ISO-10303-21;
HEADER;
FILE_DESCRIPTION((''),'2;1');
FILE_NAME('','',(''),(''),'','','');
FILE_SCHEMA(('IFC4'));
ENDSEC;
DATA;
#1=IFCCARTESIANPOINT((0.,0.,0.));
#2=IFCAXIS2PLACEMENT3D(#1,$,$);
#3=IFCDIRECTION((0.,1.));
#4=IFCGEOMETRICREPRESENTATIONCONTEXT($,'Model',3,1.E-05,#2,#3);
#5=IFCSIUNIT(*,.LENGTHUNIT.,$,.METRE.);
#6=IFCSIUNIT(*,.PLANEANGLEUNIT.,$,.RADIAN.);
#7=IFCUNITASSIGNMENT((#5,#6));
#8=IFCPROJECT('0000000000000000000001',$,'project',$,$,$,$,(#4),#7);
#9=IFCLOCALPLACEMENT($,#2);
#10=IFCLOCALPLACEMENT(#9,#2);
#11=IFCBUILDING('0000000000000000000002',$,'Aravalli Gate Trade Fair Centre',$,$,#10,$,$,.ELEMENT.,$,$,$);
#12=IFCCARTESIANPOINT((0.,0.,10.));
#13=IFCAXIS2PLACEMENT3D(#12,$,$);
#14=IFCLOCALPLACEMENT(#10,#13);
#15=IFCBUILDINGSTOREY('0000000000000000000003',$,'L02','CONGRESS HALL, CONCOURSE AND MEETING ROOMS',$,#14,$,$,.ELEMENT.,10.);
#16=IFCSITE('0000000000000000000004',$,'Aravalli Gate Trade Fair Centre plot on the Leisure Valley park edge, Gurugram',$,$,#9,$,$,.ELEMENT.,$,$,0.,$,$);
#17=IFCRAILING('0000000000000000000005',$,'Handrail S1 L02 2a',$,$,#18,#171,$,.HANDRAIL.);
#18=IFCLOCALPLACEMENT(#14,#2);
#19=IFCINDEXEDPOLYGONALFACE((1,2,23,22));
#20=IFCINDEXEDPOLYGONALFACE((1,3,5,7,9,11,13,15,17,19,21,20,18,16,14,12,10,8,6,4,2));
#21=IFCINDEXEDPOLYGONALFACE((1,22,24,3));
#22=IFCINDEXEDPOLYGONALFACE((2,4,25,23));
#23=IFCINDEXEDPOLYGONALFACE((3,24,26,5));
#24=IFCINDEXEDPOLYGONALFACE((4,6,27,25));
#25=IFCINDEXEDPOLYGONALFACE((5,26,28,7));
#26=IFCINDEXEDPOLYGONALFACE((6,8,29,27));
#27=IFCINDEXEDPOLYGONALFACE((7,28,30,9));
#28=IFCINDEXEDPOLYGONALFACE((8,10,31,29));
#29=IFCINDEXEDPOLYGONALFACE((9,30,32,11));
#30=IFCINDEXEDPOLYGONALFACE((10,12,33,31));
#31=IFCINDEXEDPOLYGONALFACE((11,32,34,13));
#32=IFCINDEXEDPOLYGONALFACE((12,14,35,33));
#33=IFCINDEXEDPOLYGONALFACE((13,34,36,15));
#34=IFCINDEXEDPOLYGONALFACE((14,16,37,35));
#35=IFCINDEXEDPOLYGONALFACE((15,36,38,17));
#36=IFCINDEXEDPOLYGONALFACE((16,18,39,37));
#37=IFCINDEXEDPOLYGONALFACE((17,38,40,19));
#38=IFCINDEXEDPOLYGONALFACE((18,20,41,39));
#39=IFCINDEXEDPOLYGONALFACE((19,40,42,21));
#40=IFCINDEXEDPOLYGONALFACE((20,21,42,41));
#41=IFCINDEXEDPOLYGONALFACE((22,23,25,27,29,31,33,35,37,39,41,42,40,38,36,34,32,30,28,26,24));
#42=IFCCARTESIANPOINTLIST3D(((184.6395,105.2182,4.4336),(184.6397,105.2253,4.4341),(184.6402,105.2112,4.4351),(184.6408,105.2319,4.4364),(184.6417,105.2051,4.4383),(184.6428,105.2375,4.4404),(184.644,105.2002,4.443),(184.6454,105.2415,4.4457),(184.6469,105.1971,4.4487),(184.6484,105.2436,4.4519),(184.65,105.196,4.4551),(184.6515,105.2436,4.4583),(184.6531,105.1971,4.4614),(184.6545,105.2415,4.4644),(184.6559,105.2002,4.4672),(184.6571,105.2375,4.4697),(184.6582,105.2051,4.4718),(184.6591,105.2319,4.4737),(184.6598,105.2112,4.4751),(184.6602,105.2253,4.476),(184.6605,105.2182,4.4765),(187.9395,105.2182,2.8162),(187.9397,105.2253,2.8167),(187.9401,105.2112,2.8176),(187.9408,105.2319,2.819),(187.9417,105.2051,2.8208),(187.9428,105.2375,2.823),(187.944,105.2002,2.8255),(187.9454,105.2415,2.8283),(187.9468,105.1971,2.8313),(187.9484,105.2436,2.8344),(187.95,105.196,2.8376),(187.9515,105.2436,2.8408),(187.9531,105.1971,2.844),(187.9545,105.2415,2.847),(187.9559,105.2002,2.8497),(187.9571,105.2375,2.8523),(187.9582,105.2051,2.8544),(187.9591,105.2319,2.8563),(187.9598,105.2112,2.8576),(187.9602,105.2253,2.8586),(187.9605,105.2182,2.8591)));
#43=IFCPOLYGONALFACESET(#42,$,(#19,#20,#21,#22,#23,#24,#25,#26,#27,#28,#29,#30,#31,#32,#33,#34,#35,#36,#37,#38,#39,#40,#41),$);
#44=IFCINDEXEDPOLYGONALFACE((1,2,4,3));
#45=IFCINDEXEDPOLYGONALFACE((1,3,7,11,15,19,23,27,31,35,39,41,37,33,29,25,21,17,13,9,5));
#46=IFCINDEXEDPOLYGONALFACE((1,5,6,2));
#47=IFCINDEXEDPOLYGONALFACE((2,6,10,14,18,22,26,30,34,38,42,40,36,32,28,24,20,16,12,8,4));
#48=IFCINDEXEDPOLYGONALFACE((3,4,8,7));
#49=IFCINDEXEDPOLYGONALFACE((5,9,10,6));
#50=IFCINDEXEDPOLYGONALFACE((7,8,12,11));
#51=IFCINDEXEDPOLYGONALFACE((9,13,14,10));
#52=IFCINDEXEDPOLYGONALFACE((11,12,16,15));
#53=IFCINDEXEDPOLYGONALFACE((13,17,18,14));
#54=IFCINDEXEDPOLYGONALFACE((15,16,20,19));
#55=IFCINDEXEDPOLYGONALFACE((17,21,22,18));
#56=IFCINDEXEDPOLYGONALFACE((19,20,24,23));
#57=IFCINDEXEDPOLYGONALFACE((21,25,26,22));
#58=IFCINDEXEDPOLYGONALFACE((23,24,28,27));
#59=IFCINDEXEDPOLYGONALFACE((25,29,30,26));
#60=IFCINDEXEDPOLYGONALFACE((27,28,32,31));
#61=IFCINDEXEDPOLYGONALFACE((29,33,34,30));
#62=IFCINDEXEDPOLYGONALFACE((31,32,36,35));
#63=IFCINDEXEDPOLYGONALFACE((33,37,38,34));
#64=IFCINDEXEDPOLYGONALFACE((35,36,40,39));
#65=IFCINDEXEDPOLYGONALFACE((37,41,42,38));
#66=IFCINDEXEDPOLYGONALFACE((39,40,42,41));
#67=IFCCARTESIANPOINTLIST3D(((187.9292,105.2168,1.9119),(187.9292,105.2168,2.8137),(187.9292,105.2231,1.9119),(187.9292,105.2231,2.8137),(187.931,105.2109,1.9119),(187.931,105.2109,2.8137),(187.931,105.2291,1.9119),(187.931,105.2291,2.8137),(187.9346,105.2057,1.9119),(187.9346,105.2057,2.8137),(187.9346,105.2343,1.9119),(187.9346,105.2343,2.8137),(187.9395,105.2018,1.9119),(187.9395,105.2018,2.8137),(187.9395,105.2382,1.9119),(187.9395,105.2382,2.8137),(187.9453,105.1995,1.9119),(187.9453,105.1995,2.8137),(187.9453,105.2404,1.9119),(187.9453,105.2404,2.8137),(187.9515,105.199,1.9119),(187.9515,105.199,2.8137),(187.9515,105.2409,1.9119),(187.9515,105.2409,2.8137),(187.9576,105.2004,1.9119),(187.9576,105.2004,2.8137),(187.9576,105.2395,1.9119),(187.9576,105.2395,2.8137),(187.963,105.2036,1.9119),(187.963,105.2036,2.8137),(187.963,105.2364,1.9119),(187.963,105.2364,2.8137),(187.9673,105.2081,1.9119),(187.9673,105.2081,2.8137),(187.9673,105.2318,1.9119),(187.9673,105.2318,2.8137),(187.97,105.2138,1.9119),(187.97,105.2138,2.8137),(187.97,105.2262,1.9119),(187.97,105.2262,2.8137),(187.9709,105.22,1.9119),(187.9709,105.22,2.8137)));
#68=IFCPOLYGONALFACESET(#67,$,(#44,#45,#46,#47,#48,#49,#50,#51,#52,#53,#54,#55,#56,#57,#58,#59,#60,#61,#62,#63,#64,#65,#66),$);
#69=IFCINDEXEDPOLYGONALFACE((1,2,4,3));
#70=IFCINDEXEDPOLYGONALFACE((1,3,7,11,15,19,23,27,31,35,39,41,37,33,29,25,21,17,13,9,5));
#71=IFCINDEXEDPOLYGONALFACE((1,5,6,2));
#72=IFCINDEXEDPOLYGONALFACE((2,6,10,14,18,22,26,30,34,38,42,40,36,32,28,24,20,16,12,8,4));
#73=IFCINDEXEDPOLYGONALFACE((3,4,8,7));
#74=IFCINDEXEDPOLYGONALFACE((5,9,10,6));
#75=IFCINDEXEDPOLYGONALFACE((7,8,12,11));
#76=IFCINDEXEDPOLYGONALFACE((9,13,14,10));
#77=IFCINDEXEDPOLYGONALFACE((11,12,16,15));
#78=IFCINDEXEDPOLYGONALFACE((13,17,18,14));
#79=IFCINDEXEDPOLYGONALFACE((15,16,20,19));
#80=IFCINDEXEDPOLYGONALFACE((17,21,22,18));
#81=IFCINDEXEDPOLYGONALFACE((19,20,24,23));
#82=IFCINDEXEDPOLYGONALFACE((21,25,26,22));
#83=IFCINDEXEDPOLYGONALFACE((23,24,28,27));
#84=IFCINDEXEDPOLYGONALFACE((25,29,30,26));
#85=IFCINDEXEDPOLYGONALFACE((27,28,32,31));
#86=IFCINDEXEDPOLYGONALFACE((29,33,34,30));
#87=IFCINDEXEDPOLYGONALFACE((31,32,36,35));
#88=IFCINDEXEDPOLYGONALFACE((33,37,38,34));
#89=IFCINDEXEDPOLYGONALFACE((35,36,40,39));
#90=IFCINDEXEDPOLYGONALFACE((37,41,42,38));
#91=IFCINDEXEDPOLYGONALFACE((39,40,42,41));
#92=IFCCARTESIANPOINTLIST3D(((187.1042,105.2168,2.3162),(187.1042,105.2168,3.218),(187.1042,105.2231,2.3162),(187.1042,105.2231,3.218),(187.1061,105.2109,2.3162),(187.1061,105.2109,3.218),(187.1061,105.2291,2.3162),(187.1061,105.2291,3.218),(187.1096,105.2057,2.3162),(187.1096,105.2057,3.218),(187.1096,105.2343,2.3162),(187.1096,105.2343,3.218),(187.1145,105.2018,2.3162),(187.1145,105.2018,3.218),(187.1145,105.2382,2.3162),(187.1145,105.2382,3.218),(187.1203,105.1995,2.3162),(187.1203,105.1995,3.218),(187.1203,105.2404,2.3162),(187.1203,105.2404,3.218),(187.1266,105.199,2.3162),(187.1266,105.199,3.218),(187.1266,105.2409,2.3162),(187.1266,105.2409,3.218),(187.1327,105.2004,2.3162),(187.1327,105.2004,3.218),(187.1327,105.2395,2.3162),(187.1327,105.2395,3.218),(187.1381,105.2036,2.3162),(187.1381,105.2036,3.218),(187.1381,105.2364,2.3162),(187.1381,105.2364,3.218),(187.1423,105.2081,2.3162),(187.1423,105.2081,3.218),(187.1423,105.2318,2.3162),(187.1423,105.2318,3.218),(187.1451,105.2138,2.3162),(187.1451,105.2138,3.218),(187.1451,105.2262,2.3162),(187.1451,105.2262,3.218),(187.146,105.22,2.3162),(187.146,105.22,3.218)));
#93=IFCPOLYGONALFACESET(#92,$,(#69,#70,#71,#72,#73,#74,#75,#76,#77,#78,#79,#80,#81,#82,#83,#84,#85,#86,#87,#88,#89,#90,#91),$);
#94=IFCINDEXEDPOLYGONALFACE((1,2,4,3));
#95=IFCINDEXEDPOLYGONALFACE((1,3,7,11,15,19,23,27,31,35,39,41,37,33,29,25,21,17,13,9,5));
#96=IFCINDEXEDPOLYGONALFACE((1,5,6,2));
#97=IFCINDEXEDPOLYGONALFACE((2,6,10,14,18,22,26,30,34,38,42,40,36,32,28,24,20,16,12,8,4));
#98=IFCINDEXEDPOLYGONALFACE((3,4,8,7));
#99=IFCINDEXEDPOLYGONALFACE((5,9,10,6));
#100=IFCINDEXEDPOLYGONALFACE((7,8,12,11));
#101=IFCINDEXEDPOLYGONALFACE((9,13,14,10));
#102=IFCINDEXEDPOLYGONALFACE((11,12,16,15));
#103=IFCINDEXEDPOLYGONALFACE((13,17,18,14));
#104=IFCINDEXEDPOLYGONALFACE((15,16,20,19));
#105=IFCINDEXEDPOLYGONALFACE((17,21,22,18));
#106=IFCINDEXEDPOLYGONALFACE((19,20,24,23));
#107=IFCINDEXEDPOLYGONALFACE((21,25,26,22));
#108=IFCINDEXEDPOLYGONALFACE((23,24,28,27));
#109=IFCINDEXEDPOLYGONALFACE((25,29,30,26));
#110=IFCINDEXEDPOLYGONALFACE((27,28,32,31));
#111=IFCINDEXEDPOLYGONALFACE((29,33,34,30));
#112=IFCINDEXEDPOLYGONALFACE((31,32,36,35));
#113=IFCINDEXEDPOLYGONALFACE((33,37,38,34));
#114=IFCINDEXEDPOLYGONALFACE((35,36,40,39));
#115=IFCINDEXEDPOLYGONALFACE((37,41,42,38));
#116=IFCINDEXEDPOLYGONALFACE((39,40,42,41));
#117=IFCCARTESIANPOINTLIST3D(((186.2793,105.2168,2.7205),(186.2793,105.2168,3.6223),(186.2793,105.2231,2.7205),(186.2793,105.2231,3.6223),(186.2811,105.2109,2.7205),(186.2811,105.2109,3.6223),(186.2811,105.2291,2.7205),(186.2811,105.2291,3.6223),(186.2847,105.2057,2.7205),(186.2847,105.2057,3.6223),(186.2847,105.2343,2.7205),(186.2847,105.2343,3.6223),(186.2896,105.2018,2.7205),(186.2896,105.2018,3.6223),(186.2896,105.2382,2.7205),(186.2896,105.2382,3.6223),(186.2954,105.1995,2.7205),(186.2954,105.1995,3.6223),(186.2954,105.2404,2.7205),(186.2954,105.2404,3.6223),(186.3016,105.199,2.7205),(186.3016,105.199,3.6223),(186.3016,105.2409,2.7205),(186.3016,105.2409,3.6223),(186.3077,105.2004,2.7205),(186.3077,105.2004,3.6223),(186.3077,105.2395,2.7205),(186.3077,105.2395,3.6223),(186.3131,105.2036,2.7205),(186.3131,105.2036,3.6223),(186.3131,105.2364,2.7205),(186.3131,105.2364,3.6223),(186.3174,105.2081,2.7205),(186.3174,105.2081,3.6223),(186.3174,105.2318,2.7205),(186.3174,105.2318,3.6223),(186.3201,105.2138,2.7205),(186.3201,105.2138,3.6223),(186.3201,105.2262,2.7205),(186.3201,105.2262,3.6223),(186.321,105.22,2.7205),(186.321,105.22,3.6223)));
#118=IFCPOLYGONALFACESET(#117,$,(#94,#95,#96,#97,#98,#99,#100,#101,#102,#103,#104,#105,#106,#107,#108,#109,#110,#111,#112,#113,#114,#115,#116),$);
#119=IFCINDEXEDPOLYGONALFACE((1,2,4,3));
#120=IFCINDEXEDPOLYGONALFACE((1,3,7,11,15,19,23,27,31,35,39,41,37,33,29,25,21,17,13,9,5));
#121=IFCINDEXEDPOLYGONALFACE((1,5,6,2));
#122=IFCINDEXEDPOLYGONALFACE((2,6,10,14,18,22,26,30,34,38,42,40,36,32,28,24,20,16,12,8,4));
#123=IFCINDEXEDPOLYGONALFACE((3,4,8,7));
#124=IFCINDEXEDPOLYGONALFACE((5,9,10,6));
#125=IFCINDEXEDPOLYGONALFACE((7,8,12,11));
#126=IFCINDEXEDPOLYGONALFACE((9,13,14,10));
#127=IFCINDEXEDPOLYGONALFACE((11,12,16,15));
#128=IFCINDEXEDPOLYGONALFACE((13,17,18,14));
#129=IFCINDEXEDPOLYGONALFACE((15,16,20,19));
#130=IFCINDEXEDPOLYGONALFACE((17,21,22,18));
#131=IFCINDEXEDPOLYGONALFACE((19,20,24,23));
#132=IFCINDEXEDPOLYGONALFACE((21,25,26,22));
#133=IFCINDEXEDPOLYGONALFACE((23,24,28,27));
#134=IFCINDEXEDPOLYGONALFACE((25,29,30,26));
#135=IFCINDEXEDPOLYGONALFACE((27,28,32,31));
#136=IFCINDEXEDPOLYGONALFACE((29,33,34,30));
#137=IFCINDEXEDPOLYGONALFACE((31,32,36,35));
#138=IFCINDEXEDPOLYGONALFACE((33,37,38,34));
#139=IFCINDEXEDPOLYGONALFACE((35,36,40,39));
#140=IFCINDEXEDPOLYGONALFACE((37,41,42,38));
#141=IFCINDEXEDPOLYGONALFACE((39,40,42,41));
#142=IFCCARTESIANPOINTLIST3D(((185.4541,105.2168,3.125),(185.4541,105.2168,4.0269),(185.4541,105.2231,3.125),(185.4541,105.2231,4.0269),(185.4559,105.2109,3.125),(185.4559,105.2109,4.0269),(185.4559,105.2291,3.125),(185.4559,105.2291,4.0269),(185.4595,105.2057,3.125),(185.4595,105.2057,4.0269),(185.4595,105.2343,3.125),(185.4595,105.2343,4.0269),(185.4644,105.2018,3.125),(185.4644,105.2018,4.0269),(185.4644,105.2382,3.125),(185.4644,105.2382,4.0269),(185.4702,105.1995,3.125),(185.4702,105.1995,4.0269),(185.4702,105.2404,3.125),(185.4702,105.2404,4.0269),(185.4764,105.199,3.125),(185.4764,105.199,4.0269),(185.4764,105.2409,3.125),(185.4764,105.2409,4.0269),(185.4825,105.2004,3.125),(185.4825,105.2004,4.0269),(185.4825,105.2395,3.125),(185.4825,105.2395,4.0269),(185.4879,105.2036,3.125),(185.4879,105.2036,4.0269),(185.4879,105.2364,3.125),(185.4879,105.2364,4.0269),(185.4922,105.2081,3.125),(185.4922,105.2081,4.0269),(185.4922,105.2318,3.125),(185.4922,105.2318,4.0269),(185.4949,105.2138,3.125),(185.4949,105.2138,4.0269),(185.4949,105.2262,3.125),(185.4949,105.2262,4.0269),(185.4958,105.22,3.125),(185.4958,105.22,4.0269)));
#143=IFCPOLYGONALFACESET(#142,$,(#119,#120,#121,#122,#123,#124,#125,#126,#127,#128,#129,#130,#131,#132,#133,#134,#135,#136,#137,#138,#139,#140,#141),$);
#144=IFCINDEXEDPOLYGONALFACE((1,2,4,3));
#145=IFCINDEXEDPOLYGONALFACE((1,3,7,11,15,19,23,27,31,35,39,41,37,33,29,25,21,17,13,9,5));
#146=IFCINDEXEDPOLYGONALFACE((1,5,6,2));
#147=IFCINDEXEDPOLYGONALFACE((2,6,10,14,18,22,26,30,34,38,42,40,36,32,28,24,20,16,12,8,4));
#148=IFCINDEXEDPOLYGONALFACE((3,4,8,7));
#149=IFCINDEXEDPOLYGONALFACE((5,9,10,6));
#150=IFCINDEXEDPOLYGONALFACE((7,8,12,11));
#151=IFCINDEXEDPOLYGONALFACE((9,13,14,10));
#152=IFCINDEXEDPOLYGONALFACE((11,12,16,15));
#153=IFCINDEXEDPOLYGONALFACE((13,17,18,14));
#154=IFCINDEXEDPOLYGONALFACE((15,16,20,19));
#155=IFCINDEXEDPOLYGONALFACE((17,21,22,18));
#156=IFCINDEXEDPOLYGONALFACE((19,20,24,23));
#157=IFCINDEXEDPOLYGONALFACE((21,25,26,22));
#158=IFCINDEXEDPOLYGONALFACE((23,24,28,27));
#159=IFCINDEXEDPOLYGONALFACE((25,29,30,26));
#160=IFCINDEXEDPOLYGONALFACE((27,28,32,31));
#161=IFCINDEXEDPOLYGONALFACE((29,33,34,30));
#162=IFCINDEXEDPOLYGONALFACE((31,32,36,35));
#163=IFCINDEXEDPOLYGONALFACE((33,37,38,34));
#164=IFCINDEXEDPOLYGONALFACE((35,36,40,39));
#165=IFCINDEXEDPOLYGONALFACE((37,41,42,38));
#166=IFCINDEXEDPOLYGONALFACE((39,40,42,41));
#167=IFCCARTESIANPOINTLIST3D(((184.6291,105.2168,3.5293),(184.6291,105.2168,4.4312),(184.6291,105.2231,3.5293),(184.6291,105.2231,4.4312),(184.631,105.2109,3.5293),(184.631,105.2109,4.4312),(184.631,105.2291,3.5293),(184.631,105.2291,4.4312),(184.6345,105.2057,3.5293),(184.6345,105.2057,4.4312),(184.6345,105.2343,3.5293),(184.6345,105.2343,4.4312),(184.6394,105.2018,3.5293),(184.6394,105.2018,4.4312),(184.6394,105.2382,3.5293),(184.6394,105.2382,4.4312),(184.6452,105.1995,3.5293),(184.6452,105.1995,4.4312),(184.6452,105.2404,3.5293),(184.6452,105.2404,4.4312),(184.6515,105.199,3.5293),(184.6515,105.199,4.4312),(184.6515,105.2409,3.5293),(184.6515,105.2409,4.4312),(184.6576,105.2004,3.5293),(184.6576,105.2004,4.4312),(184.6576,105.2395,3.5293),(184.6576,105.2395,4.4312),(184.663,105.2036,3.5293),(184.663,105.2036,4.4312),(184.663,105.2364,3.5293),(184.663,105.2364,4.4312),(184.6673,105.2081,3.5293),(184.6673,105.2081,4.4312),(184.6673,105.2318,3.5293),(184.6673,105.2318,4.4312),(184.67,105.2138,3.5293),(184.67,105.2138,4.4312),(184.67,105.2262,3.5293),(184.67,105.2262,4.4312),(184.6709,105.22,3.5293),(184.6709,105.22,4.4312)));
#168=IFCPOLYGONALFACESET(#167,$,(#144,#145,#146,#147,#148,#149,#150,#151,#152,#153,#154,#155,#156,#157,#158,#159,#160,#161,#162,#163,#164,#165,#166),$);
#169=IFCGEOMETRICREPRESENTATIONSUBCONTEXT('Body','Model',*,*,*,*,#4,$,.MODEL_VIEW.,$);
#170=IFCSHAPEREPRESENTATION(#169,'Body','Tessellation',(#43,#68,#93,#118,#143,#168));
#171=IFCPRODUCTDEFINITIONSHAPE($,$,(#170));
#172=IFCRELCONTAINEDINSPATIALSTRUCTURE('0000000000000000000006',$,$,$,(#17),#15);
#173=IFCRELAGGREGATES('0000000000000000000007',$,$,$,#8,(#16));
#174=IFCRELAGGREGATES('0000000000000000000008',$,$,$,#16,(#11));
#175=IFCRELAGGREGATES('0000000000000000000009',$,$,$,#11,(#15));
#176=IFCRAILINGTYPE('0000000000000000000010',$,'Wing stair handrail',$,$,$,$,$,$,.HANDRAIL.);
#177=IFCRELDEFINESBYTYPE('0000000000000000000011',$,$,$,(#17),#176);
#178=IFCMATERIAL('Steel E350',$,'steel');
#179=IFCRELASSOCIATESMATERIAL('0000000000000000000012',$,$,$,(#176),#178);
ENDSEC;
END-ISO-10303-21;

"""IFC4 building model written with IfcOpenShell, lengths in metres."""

from ifc_helpers import new_model, si_unit, direction, frame, origin, origin_2d, place, context, subcontext, project, spatial, circle, extrude, material, type_object, element, save


model = new_model("IFC4")

# Units and contexts
model_context = context("Model", 3, precision=1e-05, world=origin(), true_north=direction((0.0, 1.0)))
body_context = subcontext(model_context, "Body", "Model", "MODEL_VIEW")
ifc_project = project(units=[si_unit("LENGTHUNIT", "METRE"), si_unit("PLANEANGLEUNIT", "RADIAN")], contexts=[model_context])

# Site, building, storey
site_placement = place(None, origin())
site = spatial("IfcSite", under=ifc_project, at=site_placement, Name="Aravalli Gate Trade Fair Centre plot on the Leisure Valley park edge, Gurugram", CompositionType="ELEMENT", RefElevation=0.0)
building_placement = place(site_placement, origin())
building = spatial("IfcBuilding", under=site, at=building_placement, Name="Aravalli Gate Trade Fair Centre", CompositionType="ELEMENT")
storey_placement = place(building_placement, frame((0.0, 0.0, 10.0)))
storey = spatial("IfcBuildingStorey", under=building, at=storey_placement, Name="L02", Description="CONGRESS HALL, CONCOURSE AND MEETING ROOMS", CompositionType="ELEMENT", Elevation=10.0)

# Shared definitions
ifc_material_1 = material(Name="Steel E350", Category="steel")

# Railing
railing_type_1 = type_object("IfcRailingType", Name="Wing stair handrail", PredefinedType="HANDRAIL", material=ifc_material_1)
railing_1_placement = place(storey_placement, frame((187.95, 105.22, 1.9119)))
element("IfcRailing", 1, at=railing_1_placement, inside=storey, type_object=railing_type_1, Name="Handrail S1 L02 2a", PredefinedType="HANDRAIL", context=body_context, shape_type="SweptSolid", body=[
    extrude(circle(Radius=0.0239, at=origin_2d()), frame((0.0, 0.0, 0.9258), z_axis=(-0.897946, 0.0, 0.440105), x_axis=(0.0, -1.0, 0.0)), (0.0, 0.0, 1.0), 3.675),
    extrude(circle(Radius=0.021, at=origin_2d()), origin(), (0.0, 0.0, 1.0), 0.9019),
    extrude(circle(Radius=0.021, at=origin_2d()), frame((-0.825, 0.0, 0.4043)), (0.0, 0.0, 1.0), 0.9019),
    extrude(circle(Radius=0.021, at=origin_2d()), frame((-1.6499, 0.0, 0.8086)), (0.0, 0.0, 1.0), 0.9019),
    extrude(circle(Radius=0.021, at=origin_2d()), frame((-2.4751, 0.0, 1.2131)), (0.0, 0.0, 1.0), 0.9019),
    extrude(circle(Radius=0.021, at=origin_2d()), frame((-3.3, 0.0, 1.6174)), (0.0, 0.0, 1.0), 0.9019),
])

save(model, "model.ifc")
